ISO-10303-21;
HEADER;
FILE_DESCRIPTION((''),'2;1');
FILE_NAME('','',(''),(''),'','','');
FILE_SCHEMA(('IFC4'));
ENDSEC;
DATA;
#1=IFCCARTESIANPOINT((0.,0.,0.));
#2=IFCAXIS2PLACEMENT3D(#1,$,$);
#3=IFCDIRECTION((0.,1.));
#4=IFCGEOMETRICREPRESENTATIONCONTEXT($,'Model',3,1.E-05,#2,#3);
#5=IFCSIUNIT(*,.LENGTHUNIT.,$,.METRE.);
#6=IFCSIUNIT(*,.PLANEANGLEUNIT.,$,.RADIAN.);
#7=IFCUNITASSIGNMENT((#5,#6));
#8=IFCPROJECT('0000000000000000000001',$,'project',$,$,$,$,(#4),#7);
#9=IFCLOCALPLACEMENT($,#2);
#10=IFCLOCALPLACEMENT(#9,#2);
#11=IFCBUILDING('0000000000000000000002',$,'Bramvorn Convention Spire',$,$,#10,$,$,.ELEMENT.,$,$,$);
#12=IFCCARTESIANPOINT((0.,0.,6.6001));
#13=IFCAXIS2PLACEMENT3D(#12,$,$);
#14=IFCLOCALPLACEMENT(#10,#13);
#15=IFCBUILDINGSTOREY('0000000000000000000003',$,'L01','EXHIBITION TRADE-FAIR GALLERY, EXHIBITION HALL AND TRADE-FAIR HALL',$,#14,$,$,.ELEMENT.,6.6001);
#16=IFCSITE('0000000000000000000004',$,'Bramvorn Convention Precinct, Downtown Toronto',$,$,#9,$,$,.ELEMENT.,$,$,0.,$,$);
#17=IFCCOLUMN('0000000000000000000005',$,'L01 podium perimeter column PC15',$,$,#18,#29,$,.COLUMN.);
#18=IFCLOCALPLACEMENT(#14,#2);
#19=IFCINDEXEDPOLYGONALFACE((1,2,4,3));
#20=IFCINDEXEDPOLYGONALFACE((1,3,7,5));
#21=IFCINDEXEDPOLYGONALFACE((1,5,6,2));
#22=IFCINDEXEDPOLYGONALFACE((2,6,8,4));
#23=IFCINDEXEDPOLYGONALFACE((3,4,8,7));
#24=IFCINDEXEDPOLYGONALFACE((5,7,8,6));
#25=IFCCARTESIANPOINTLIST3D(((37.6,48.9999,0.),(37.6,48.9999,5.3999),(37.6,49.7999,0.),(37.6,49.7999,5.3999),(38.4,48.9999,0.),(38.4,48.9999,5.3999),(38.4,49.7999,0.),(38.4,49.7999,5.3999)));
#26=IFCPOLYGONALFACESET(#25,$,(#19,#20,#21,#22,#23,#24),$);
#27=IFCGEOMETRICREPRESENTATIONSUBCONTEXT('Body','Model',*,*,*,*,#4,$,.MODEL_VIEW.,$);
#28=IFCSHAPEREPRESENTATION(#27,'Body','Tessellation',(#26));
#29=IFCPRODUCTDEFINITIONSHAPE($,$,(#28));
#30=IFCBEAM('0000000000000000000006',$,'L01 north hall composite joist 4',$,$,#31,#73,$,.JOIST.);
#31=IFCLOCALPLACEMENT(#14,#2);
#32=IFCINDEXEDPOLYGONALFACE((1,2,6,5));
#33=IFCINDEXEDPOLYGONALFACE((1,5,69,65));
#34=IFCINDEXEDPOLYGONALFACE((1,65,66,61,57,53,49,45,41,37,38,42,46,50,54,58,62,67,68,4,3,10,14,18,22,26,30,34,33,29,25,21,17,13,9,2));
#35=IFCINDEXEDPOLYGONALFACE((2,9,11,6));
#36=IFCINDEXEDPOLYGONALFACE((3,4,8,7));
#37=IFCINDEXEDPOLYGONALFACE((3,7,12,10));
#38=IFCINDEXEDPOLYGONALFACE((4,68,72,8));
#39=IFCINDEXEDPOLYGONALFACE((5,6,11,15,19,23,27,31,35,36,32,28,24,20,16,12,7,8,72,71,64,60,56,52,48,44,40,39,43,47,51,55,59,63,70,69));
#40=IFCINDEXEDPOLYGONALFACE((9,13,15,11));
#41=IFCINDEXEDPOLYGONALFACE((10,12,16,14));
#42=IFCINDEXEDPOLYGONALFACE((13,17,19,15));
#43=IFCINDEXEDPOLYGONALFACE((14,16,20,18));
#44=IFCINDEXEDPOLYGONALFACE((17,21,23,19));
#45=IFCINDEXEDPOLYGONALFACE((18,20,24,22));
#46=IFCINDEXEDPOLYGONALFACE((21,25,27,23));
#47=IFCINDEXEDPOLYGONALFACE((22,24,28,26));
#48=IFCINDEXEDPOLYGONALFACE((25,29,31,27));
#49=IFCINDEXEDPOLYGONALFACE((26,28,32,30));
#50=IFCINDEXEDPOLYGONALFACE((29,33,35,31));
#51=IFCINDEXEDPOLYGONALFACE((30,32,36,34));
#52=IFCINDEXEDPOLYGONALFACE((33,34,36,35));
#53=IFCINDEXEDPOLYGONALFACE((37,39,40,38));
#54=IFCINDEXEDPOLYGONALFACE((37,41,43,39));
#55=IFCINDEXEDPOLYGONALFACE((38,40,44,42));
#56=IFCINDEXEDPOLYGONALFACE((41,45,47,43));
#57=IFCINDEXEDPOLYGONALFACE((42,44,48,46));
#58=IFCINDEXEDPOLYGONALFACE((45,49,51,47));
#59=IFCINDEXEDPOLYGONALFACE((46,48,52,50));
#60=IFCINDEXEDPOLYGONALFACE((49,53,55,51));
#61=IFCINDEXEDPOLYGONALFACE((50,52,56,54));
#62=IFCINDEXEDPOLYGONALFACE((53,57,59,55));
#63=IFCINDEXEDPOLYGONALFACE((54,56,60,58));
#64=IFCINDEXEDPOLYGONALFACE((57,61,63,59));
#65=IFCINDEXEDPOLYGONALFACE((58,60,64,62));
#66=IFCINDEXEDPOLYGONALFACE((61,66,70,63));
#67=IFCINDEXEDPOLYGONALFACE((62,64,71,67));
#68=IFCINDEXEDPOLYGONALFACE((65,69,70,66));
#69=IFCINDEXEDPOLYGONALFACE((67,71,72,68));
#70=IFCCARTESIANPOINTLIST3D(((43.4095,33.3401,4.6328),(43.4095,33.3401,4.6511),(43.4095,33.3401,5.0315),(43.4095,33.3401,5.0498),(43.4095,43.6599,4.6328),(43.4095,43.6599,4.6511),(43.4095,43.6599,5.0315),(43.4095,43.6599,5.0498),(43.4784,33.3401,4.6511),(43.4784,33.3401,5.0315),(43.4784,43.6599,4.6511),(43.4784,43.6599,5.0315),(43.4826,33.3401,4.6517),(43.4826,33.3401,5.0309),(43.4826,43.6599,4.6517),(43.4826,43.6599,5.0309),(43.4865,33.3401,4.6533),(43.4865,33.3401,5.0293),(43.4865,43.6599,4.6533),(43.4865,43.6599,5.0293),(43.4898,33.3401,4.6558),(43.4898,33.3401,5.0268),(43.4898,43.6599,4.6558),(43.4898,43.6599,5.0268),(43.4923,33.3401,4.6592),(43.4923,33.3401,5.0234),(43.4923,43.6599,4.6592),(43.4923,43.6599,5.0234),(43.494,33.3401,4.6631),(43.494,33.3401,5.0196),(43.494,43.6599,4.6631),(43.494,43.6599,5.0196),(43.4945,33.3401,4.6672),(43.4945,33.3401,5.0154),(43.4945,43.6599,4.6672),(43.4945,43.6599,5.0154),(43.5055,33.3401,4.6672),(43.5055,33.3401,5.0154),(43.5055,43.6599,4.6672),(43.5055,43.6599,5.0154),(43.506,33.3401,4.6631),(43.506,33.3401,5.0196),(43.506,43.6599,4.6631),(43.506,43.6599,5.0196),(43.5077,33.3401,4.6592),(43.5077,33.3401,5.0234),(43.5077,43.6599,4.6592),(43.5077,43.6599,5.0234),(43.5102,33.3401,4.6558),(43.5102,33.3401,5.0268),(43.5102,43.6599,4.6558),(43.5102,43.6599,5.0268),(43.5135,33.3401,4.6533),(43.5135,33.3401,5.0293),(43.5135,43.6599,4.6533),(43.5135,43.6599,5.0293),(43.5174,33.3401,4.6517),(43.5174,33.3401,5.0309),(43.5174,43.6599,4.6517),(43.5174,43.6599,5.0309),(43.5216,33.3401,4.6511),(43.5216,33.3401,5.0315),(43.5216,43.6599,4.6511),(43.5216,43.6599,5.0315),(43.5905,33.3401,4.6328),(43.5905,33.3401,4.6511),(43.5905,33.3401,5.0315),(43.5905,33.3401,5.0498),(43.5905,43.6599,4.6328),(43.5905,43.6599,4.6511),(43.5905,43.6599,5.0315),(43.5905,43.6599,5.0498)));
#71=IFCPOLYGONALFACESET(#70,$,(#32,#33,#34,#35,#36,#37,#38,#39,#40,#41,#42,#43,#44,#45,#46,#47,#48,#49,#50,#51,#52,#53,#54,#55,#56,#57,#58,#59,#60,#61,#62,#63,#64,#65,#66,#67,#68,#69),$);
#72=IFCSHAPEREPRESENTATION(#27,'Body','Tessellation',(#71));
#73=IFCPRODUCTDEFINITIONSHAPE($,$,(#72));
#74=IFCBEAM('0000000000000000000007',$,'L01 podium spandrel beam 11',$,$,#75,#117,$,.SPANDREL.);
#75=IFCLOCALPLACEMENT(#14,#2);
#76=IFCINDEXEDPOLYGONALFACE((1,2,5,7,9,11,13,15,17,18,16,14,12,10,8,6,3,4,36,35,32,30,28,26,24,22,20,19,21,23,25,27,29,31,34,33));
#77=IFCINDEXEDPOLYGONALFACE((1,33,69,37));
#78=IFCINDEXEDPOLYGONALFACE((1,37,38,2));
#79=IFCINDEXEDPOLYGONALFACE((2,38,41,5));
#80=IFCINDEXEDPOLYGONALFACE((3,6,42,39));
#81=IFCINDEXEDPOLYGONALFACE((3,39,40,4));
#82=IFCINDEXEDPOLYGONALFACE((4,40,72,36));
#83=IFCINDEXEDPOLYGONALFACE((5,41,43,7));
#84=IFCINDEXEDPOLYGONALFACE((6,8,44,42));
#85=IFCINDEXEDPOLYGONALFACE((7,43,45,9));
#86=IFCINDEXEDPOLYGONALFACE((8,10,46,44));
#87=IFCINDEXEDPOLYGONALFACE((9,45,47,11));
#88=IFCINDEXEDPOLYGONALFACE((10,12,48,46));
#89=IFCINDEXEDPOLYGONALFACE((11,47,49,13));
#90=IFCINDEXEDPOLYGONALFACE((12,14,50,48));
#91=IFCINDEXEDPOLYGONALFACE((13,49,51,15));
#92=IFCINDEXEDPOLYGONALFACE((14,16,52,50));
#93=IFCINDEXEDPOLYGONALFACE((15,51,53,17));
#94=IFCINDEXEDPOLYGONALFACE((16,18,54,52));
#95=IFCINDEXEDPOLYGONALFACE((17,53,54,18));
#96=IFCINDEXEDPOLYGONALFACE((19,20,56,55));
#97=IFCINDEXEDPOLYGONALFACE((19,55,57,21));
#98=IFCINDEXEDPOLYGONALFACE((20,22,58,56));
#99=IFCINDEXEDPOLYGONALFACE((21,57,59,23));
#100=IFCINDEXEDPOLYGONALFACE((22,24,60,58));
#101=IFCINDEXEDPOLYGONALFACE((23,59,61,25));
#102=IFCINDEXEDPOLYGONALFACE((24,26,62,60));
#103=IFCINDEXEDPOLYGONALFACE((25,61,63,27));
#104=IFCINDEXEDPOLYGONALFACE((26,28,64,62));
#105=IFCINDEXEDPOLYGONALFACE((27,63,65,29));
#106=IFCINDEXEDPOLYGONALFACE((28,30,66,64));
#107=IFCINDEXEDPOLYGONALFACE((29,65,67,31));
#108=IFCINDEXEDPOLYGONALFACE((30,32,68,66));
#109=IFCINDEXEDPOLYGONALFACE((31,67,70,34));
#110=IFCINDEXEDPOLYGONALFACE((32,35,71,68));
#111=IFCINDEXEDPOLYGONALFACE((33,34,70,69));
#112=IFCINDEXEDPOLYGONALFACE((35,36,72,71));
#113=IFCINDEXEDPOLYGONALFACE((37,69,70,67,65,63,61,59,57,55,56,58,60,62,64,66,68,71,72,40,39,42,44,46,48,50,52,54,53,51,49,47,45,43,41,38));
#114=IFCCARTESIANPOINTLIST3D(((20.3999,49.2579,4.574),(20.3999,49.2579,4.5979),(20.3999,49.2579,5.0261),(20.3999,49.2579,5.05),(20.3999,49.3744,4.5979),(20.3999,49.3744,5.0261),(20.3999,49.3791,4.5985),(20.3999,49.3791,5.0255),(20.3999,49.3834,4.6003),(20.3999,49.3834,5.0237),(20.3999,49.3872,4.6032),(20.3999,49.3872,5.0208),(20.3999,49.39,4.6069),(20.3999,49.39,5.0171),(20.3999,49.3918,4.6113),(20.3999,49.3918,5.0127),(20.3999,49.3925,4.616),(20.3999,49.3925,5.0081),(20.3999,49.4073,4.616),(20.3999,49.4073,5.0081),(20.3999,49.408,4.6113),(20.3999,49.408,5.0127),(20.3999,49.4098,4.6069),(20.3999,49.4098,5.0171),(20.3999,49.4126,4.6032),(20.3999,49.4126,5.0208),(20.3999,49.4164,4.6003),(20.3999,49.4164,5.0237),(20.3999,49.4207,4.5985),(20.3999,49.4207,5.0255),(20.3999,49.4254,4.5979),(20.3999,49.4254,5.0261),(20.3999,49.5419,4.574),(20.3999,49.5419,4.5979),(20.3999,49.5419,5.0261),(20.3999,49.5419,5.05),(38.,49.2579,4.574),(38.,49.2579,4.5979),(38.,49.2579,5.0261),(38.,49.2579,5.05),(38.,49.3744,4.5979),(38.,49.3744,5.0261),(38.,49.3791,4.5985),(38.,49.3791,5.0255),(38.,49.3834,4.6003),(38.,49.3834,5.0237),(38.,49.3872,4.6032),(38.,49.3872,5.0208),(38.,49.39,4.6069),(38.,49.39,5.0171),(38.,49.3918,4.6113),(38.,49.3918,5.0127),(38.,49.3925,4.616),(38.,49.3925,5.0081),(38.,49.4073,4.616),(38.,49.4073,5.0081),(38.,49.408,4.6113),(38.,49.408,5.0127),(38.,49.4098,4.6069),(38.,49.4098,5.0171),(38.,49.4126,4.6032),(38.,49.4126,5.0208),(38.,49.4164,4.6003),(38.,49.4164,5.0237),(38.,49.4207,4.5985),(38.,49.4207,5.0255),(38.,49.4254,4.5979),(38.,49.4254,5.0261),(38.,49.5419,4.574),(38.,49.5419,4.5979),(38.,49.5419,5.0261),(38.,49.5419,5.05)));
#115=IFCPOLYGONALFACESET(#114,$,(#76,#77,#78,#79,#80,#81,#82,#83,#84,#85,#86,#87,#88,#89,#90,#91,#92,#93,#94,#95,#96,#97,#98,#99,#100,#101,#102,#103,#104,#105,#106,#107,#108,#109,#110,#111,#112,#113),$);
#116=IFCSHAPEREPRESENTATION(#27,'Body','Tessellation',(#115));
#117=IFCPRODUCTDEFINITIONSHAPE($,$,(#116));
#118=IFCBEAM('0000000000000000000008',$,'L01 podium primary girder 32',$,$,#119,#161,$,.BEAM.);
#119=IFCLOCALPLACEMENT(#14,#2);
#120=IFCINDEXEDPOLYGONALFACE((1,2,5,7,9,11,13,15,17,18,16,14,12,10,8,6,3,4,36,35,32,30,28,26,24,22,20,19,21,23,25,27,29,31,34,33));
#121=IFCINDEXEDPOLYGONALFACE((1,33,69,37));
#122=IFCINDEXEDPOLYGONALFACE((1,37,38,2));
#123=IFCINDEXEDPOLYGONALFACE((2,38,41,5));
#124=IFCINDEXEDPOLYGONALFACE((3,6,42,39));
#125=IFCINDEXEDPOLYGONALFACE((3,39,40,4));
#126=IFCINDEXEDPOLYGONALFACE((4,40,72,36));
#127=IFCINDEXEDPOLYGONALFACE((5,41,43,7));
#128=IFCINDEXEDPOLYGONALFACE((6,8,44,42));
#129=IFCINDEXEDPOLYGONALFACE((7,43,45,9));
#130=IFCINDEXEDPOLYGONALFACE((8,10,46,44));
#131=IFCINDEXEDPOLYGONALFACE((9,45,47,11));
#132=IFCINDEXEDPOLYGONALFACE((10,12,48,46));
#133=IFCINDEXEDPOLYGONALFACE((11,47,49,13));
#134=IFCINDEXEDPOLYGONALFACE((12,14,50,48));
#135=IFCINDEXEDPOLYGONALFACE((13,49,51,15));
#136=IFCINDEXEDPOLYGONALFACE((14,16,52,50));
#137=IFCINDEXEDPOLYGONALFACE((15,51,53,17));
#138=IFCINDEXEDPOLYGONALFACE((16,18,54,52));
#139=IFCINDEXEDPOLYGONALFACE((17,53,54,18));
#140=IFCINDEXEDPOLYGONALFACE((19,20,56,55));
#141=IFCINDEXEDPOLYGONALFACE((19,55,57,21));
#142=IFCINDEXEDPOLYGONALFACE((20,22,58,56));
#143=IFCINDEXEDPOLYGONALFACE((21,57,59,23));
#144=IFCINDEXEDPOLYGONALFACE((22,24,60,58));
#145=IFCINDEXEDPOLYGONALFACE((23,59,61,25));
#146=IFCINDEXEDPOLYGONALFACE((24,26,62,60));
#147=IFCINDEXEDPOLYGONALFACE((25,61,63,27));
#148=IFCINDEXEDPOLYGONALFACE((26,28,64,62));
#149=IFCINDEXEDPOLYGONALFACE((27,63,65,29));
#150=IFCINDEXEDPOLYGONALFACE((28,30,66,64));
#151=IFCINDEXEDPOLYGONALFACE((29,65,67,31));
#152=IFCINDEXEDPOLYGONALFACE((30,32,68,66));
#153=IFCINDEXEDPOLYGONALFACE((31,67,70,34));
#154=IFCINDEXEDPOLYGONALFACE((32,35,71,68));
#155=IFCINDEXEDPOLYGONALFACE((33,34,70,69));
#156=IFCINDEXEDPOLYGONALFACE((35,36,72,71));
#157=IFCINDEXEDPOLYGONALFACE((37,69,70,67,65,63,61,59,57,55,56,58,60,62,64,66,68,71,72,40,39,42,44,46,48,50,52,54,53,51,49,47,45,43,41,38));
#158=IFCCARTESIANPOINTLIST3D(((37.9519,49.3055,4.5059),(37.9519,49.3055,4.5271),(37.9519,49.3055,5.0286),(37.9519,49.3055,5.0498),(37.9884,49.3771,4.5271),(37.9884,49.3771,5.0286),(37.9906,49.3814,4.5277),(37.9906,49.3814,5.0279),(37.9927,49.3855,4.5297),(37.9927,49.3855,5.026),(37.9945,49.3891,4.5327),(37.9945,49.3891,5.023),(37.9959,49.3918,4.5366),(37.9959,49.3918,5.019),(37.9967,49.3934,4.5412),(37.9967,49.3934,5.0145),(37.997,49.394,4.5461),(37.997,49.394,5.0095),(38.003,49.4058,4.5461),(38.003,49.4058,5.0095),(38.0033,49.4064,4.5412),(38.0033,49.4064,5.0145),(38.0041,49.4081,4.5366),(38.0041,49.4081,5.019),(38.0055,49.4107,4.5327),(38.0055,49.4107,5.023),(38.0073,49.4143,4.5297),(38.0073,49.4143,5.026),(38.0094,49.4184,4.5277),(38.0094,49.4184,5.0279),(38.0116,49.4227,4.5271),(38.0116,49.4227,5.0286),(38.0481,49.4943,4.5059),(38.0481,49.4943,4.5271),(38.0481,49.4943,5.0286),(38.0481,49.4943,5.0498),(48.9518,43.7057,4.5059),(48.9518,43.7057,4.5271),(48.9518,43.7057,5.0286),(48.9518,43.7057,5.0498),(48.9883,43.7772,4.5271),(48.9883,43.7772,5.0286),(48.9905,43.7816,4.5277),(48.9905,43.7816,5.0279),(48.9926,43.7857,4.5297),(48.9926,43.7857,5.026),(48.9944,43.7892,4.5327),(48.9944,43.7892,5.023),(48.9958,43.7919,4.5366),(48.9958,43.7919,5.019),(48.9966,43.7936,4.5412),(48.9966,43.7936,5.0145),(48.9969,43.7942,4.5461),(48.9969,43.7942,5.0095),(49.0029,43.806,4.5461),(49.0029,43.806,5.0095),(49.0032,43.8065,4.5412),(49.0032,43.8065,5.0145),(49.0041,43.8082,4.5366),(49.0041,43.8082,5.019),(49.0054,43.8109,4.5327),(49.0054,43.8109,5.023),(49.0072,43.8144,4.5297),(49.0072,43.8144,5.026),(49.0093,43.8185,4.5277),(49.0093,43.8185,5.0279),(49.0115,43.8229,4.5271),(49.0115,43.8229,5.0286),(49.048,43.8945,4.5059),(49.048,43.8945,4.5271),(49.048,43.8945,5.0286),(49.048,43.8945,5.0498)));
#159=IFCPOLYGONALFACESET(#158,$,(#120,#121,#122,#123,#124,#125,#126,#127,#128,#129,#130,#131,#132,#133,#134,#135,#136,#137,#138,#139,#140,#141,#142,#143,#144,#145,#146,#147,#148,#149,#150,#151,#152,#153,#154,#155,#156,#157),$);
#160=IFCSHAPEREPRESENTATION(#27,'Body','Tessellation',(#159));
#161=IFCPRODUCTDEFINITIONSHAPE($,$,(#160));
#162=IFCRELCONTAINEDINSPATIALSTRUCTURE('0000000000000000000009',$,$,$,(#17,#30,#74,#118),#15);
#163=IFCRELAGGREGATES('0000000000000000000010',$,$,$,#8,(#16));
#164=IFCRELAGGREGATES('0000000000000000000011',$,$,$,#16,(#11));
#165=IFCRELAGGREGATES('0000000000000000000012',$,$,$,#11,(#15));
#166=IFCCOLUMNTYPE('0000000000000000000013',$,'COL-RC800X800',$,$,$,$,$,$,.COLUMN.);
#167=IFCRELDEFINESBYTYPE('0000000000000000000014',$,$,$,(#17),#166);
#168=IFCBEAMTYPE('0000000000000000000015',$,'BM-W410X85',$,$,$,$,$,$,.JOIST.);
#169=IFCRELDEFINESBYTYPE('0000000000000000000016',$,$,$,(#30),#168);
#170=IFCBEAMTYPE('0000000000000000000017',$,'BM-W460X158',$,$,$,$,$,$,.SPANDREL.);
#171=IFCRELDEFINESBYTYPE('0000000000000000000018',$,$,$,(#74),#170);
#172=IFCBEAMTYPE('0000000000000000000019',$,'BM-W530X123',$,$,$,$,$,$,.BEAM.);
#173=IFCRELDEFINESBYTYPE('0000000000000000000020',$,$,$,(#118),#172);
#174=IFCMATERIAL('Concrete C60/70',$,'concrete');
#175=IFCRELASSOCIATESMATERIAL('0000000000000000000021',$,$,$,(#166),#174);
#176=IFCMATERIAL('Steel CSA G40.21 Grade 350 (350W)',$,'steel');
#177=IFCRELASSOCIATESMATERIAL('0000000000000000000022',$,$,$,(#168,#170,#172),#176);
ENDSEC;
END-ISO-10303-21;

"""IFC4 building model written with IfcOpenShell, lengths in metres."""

from ifc_helpers import new_model, si_unit, direction, frame, origin, origin_2d, place, context, subcontext, project, spatial, rectangle, i_section, extrude, material, material_profile, profile_set, type_object, element, save


model = new_model("IFC4")

# Units and contexts
model_context = context("Model", 3, precision=1e-05, world=origin(), true_north=direction((0.0, 1.0)))
body_context = subcontext(model_context, "Body", "Model", "MODEL_VIEW")
ifc_project = project(units=[si_unit("LENGTHUNIT", "METRE"), si_unit("PLANEANGLEUNIT", "RADIAN")], contexts=[model_context])

# Site, building, storey
site_placement = place(None, origin())
site = spatial("IfcSite", under=ifc_project, at=site_placement, Name="Bramvorn Convention Precinct, Downtown Toronto", CompositionType="ELEMENT", RefElevation=0.0)
building_placement = place(site_placement, origin())
building = spatial("IfcBuilding", under=site, at=building_placement, Name="Bramvorn Convention Spire", CompositionType="ELEMENT")
storey_placement = place(building_placement, frame((0.0, 0.0, 6.6001)))
storey = spatial("IfcBuildingStorey", under=building, at=storey_placement, Name="L01", Description="EXHIBITION TRADE-FAIR GALLERY, EXHIBITION HALL AND TRADE-FAIR HALL", CompositionType="ELEMENT", Elevation=6.6001)

# Column
ifc_material_1 = material(Name="Steel CSA G40.21 Grade 350 (350W)", Category="steel")
ifc_material_2 = material(Name="Concrete C60/70", Category="concrete")
ifc_material_profile_1 = material_profile(ifc_material_2, rectangle(XDim=0.8, YDim=0.8, at=origin_2d()))
ifc_profile_set_1 = profile_set([ifc_material_profile_1], Name="Concrete C60/70 - RC800X800")
column_type_1 = type_object("IfcColumnType", Name="COL-RC800X800", PredefinedType="COLUMN", material=ifc_profile_set_1)
column_placement = place(storey_placement, frame((38.0, 49.3999, 0.0), z_axis=(0.0, 0.0, 1.0), x_axis=(1.0, 0.0, 0.0)))
element("IfcColumn", 1, at=column_placement, inside=storey, type_object=column_type_1, Name="L01 podium perimeter column PC15", PredefinedType="COLUMN", context=body_context, shape_type="SweptSolid", body=[
    extrude(rectangle(XDim=0.8, YDim=0.8, at=origin_2d()), origin(), (0.0, 0.0, 1.0), 5.3999),
])

# Beams
ifc_material_profile_2 = material_profile(ifc_material_1, i_section(OverallWidth=0.1809, OverallDepth=0.417, WebThickness=0.011, FlangeThickness=0.0183, FilletRadius=0.0161, at=origin_2d()))
ifc_profile_set_2 = profile_set([ifc_material_profile_2], Name="Steel CSA G40.21 Grade 350 (350W) - W410X85")
beam_type_1 = type_object("IfcBeamType", Name="BM-W410X85", PredefinedType="JOIST", material=ifc_profile_set_2)
beam_1_placement = place(storey_placement, frame((43.5, 33.3401, 4.8413), z_axis=(0.0, 1.0, 0.0), x_axis=(-1.0, 0.0, 0.0)))
element("IfcBeam", 2, at=beam_1_placement, inside=storey, type_object=beam_type_1, Name="L01 north hall composite joist 4", PredefinedType="JOIST", context=body_context, shape_type="SweptSolid", body=[
    extrude(i_section(OverallWidth=0.1809, OverallDepth=0.417, WebThickness=0.011, FlangeThickness=0.0183, FilletRadius=0.0161, at=origin_2d()), origin(), (0.0, 0.0, 1.0), 10.3198),
])
ifc_material_profile_3 = material_profile(ifc_material_1, i_section(OverallWidth=0.2839, OverallDepth=0.4761, WebThickness=0.0149, FlangeThickness=0.0239, FilletRadius=0.0181, at=origin_2d()))
ifc_profile_set_3 = profile_set([ifc_material_profile_3], Name="Steel CSA G40.21 Grade 350 (350W) - W460X158")
beam_type_2 = type_object("IfcBeamType", Name="BM-W460X158", PredefinedType="SPANDREL", material=ifc_profile_set_3)
beam_2_placement = place(storey_placement, frame((38.0, 49.3999, 4.812), z_axis=(-1.0, 0.0, 0.0), x_axis=(0.0, -1.0, 0.0)))
element("IfcBeam", 3, at=beam_2_placement, inside=storey, type_object=beam_type_2, Name="L01 podium spandrel beam 11", PredefinedType="SPANDREL", context=body_context, shape_type="SweptSolid", body=[
    extrude(i_section(OverallWidth=0.2839, OverallDepth=0.4761, WebThickness=0.0149, FlangeThickness=0.0239, FilletRadius=0.0181, at=origin_2d()), origin(), (0.0, 0.0, 1.0), 17.6001),
])
ifc_material_profile_4 = material_profile(ifc_material_1, i_section(OverallWidth=0.2119, OverallDepth=0.5439, WebThickness=0.0132, FlangeThickness=0.0212, FilletRadius=0.019, at=origin_2d()))
ifc_profile_set_4 = profile_set([ifc_material_profile_4], Name="Steel CSA G40.21 Grade 350 (350W) - W530X123")
beam_type_3 = type_object("IfcBeamType", Name="BM-W530X123", PredefinedType="BEAM", material=ifc_profile_set_4)
beam_3_placement = place(storey_placement, frame((38.0, 49.3999, 4.7778), z_axis=(0.891168, -0.453674, 0.0), x_axis=(0.453674, 0.891168, 0.0)))
element("IfcBeam", 4, at=beam_3_placement, inside=storey, type_object=beam_type_3, Name="L01 podium primary girder 32", PredefinedType="BEAM", context=body_context, shape_type="SweptSolid", body=[
    extrude(i_section(OverallWidth=0.2119, OverallDepth=0.5439, WebThickness=0.0132, FlangeThickness=0.0212, FilletRadius=0.019, at=origin_2d()), origin(), (0.0, 0.0, 1.0), 12.3433),
])

save(model, "model.ifc")
